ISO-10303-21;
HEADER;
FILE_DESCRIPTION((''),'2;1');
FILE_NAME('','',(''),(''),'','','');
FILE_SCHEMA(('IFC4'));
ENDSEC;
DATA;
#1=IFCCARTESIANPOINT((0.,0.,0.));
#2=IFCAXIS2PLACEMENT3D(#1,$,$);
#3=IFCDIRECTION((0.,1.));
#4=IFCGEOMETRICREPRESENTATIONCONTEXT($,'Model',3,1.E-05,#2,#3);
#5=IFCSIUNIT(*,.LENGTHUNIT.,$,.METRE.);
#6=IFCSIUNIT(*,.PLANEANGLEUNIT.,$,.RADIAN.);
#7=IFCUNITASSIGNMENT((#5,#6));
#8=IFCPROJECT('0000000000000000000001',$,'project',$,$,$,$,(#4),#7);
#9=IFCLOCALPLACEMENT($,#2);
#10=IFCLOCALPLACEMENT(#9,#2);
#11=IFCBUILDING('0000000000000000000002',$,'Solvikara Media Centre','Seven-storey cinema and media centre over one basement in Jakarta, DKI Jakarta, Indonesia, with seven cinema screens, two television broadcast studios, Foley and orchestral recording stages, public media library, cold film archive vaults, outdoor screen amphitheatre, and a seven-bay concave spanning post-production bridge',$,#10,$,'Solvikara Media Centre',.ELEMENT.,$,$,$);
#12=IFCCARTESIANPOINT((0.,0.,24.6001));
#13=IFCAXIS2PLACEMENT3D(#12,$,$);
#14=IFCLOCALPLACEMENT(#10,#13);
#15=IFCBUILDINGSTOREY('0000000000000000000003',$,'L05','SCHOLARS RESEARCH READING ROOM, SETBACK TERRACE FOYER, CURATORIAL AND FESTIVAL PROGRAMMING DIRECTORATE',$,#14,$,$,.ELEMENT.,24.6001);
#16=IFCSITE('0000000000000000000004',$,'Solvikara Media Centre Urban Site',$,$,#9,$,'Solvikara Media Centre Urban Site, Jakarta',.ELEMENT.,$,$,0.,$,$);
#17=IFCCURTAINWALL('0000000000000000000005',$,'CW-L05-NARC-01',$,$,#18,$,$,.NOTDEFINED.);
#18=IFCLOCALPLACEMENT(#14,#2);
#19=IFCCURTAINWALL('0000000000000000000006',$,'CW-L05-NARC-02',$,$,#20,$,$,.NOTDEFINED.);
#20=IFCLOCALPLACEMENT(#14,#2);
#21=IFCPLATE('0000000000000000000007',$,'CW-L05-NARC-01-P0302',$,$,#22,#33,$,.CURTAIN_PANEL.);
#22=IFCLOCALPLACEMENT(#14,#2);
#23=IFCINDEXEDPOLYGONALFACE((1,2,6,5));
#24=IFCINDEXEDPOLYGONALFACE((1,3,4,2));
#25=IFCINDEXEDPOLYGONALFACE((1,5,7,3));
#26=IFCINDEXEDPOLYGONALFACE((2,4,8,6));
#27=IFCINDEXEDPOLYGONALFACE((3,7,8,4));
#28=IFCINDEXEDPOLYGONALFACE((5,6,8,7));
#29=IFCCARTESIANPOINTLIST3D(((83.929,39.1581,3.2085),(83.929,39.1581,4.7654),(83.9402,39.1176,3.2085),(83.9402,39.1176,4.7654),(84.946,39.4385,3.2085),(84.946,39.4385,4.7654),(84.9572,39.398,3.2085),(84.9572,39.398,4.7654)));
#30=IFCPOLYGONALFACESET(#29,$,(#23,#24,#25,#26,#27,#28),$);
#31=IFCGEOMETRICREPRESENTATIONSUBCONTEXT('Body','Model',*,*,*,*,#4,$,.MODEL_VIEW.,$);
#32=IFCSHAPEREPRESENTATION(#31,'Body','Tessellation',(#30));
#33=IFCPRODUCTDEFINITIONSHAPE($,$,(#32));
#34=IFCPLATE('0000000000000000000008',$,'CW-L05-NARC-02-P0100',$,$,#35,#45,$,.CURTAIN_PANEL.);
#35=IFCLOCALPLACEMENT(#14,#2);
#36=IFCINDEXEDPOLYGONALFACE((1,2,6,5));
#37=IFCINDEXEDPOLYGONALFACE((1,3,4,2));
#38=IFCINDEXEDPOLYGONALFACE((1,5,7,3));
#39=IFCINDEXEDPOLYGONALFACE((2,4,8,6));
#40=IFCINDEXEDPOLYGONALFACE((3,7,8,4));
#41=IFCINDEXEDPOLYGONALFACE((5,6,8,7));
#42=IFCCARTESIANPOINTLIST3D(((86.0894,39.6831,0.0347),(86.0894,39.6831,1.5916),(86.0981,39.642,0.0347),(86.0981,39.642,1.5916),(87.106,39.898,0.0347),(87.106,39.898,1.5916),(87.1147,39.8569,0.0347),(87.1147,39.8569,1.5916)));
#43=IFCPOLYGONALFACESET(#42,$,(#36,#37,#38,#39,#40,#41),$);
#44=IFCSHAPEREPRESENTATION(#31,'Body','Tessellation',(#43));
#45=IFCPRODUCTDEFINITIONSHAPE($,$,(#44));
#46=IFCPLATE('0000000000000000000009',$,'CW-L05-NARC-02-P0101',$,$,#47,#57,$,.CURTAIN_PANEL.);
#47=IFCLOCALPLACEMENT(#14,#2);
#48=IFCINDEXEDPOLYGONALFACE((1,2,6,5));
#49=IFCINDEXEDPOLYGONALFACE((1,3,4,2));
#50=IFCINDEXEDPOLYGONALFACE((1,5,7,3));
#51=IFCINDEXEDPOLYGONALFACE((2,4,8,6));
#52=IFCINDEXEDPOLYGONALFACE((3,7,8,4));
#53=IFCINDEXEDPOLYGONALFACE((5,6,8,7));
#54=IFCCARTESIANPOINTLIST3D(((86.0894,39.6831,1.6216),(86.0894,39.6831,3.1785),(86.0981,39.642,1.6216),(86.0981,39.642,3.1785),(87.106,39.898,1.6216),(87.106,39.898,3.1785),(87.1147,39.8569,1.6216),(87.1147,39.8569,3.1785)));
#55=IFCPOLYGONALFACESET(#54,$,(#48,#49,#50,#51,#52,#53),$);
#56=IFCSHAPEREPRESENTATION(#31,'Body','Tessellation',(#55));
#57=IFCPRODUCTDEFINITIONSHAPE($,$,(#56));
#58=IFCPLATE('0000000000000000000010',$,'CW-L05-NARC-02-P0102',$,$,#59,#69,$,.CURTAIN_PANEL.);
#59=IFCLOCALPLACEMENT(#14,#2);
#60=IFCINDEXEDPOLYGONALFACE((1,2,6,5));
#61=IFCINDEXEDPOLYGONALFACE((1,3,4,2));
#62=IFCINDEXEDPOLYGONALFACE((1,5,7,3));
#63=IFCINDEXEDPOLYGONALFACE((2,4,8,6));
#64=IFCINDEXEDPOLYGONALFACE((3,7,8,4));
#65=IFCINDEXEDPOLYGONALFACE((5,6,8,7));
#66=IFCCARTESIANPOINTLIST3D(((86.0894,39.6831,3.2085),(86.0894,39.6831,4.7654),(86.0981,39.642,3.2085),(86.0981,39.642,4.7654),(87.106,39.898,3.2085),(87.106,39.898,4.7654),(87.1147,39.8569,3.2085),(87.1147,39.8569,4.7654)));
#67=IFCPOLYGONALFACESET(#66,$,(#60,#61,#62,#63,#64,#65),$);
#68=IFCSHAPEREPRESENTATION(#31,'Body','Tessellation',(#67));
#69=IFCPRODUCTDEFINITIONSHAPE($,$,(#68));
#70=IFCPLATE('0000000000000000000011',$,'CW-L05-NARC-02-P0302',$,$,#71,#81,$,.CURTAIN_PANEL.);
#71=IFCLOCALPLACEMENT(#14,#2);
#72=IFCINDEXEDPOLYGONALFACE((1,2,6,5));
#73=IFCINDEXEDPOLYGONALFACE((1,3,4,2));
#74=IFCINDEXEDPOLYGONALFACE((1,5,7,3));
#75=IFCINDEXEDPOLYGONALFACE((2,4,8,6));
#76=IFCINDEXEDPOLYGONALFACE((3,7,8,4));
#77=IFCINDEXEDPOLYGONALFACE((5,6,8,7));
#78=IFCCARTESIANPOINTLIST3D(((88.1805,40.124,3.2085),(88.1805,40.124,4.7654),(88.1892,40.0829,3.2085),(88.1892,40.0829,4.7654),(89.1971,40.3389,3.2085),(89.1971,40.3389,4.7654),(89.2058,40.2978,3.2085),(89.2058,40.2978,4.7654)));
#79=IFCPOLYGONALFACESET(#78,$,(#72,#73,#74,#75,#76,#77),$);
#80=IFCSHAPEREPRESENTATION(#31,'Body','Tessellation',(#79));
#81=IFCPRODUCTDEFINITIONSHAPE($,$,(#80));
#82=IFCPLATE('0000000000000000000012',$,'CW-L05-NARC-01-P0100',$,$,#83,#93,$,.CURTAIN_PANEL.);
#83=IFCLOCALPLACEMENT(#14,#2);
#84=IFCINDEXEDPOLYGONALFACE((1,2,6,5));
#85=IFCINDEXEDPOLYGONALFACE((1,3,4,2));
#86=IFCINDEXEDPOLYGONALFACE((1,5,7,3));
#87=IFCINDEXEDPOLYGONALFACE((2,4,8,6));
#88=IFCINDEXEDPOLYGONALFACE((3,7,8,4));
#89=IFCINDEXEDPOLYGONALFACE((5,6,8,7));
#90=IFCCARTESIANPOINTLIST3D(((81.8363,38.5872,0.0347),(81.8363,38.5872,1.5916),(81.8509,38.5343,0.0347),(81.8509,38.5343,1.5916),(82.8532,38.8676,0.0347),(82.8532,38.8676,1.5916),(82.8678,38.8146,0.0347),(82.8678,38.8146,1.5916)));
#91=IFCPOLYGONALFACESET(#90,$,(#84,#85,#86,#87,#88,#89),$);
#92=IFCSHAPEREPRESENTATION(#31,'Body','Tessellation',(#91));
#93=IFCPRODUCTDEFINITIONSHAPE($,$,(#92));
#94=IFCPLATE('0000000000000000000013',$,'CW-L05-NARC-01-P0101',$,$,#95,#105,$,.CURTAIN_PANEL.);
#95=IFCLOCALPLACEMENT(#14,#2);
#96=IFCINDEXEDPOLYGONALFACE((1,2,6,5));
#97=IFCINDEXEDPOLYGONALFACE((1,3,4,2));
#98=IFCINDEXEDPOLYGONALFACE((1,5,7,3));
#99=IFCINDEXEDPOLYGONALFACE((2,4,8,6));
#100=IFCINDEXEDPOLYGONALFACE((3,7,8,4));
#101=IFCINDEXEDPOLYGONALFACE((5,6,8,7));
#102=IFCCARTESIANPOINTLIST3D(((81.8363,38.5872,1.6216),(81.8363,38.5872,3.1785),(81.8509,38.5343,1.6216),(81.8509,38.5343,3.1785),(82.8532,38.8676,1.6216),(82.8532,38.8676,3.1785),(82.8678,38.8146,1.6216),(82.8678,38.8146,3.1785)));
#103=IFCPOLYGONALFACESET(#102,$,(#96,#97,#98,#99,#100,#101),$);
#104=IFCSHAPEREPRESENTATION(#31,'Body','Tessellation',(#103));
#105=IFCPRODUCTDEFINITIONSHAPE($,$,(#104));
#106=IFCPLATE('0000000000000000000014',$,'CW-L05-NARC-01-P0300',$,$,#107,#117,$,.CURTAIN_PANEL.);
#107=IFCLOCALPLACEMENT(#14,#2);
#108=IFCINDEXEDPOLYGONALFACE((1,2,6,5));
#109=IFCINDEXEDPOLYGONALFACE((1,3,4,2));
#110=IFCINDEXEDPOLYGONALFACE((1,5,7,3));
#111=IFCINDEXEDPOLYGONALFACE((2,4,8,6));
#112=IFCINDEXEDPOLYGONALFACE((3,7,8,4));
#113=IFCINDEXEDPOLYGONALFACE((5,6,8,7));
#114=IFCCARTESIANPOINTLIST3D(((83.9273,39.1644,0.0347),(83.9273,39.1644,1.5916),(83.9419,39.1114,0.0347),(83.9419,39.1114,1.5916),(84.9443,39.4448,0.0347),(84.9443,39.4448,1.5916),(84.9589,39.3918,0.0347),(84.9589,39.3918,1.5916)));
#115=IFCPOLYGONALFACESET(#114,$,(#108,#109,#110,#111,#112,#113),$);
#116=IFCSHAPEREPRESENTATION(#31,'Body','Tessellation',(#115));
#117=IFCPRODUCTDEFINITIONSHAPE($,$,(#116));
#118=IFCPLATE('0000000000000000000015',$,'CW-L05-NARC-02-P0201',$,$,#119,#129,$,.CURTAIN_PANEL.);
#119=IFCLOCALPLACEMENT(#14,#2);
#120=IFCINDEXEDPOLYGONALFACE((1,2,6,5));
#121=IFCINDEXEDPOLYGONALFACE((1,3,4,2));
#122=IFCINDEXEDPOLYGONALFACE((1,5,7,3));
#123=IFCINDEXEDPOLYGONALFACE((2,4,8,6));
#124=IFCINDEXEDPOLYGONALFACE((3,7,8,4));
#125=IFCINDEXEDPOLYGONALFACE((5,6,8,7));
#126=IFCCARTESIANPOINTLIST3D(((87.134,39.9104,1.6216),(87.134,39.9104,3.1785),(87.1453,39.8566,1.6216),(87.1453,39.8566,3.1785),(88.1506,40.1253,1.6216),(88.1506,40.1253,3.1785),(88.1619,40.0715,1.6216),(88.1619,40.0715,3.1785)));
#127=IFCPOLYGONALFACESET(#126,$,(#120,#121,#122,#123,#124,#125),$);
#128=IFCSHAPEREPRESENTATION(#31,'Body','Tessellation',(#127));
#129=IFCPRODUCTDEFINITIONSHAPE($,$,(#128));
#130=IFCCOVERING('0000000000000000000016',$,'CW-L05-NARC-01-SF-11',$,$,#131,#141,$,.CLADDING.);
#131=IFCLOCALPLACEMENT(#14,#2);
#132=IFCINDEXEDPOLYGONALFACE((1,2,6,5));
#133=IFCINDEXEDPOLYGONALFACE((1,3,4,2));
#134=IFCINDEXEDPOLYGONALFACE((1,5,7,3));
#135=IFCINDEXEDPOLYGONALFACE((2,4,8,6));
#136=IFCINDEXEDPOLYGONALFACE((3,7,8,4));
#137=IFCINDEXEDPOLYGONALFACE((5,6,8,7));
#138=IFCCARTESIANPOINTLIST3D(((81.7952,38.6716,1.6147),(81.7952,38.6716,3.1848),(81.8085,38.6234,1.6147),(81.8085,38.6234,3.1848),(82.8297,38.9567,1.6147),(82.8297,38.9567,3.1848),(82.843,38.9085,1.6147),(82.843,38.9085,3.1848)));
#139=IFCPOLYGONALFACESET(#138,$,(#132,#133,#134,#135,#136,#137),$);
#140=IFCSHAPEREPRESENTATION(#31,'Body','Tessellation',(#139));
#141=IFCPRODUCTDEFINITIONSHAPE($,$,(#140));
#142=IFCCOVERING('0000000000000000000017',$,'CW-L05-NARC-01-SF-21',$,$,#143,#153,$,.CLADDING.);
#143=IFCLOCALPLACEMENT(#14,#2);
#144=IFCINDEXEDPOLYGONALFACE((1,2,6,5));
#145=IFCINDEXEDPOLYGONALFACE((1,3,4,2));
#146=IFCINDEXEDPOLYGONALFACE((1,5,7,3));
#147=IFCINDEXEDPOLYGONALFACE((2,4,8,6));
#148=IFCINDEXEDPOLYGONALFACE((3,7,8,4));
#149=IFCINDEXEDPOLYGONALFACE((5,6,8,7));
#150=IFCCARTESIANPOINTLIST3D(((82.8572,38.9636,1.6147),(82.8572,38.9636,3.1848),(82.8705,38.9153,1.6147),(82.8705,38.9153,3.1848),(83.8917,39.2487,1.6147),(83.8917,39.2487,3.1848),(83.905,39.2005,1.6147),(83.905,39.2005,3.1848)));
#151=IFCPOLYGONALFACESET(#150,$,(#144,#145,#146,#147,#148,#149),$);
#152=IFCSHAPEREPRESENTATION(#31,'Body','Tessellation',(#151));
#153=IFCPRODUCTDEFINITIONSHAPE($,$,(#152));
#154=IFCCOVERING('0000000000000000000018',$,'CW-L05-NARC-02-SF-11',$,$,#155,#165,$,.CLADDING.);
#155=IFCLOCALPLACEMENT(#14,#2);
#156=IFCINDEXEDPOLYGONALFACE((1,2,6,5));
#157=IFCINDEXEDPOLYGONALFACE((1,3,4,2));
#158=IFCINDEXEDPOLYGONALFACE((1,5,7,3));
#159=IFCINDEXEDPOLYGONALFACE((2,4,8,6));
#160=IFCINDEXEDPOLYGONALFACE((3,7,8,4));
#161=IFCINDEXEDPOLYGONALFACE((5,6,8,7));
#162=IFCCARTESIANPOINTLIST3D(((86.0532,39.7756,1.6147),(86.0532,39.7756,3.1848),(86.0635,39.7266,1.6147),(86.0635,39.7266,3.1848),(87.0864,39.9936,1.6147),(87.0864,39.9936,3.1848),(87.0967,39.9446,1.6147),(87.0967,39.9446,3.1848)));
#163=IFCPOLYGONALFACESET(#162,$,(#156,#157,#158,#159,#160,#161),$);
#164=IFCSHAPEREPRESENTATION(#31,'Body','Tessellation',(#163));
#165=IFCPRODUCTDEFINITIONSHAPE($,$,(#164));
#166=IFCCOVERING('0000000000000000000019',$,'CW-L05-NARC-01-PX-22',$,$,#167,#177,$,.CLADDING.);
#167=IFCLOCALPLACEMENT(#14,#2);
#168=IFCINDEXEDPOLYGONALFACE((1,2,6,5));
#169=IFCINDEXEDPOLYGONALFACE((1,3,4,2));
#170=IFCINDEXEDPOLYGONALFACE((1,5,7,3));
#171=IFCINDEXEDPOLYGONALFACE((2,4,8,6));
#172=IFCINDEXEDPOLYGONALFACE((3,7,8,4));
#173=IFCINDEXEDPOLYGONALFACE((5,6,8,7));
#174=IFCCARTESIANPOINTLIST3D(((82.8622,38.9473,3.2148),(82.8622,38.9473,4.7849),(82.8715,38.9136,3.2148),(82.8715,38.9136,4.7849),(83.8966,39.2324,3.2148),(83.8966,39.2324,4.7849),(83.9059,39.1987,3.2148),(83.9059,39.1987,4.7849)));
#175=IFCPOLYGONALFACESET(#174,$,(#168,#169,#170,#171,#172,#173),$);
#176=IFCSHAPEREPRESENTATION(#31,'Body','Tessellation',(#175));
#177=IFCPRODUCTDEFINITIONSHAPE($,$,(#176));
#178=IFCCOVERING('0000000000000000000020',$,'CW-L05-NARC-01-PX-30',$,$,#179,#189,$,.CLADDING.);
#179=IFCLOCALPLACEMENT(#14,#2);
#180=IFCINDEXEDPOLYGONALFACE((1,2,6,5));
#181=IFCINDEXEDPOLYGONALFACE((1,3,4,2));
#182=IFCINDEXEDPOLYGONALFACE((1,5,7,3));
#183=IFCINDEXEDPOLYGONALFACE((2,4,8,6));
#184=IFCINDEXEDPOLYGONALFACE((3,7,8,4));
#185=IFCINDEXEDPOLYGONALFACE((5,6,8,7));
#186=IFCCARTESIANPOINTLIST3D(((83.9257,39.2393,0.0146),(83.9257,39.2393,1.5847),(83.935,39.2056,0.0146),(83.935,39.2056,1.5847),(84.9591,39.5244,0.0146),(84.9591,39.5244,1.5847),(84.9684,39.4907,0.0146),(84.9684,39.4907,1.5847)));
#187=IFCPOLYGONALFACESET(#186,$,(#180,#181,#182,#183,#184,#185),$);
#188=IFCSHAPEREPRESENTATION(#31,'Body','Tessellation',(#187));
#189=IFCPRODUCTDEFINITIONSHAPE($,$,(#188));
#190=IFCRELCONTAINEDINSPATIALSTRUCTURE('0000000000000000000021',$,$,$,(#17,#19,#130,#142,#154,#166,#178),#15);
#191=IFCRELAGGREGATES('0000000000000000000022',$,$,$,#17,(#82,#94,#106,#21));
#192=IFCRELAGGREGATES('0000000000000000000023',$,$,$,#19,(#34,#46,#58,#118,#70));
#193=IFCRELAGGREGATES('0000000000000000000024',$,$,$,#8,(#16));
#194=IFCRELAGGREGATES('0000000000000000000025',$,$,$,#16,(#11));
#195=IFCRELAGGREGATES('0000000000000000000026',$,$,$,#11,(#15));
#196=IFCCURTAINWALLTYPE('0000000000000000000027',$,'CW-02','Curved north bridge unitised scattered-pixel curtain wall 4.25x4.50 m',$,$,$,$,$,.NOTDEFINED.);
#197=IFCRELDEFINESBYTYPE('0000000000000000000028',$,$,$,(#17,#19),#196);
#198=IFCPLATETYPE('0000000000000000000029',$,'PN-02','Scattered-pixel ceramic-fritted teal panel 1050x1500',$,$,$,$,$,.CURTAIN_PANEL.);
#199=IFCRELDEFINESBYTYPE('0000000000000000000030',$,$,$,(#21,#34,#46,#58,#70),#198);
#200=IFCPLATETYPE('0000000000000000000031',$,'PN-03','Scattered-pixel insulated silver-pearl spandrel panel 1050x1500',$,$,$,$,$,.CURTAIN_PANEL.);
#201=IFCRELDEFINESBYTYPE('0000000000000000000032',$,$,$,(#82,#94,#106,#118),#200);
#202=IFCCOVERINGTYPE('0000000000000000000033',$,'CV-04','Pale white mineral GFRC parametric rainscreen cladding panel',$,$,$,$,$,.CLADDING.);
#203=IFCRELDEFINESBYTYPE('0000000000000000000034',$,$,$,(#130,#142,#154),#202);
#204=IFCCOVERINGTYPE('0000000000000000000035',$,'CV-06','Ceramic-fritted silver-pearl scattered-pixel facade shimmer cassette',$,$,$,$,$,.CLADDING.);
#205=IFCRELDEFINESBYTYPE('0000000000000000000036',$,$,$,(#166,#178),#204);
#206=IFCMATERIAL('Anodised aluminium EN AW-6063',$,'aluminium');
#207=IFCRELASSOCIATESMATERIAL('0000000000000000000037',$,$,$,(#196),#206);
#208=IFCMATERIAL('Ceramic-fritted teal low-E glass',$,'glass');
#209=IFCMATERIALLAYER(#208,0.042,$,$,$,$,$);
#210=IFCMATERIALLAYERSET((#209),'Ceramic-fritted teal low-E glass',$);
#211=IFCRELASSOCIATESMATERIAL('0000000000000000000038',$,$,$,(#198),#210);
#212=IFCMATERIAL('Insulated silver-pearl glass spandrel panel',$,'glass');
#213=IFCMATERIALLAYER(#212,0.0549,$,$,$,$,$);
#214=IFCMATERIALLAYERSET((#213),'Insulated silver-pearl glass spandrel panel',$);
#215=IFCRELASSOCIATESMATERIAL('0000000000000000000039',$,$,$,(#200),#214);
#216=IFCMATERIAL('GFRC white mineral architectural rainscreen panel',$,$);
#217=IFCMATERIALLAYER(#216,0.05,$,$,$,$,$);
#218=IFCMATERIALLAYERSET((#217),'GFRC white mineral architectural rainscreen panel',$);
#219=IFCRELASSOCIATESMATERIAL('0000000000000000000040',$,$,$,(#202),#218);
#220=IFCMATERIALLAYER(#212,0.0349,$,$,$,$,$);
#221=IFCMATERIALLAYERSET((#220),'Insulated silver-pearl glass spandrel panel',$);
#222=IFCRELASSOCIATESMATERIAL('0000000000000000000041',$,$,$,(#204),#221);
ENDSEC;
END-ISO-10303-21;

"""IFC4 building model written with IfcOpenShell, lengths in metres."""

from ifc_helpers import new_model, si_unit, direction, frame, origin, origin_2d, place, context, subcontext, project, spatial, rectangle, extrude, material, layer, layer_set, type_object, element, aggregate, save


model = new_model("IFC4")

# Units and contexts
model_context = context("Model", 3, precision=1e-05, world=origin(), true_north=direction((0.0, 1.0)))
body_context = subcontext(model_context, "Body", "Model", "MODEL_VIEW")
ifc_project = project(units=[si_unit("LENGTHUNIT", "METRE"), si_unit("PLANEANGLEUNIT", "RADIAN")], contexts=[model_context])

# Site, building, storey
site_placement = place(None, origin())
site = spatial("IfcSite", under=ifc_project, at=site_placement, Name="Solvikara Media Centre Urban Site", LongName="Solvikara Media Centre Urban Site, Jakarta", CompositionType="ELEMENT", RefElevation=0.0)
building_placement = place(site_placement, origin())
building = spatial("IfcBuilding", under=site, at=building_placement, Name="Solvikara Media Centre", Description="Seven-storey cinema and media centre over one basement in Jakarta, DKI Jakarta, Indonesia, with seven cinema screens, two television broadcast studios, Foley and orchestral recording stages, public media library, cold film archive vaults, outdoor screen amphitheatre, and a seven-bay concave spanning post-production bridge", LongName="Solvikara Media Centre", CompositionType="ELEMENT")
storey_placement = place(building_placement, frame((0.0, 0.0, 24.6001)))
storey = spatial("IfcBuildingStorey", under=building, at=storey_placement, Name="L05", Description="SCHOLARS RESEARCH READING ROOM, SETBACK TERRACE FOYER, CURATORIAL AND FESTIVAL PROGRAMMING DIRECTORATE", CompositionType="ELEMENT", Elevation=24.6001)

# Curtain walls
ifc_material_1 = material(Name="Anodised aluminium EN AW-6063", Category="aluminium")
curtain_wall_type = type_object("IfcCurtainWallType", Name="CW-02", Description="Curved north bridge unitised scattered-pixel curtain wall 4.25x4.50 m", PredefinedType="NOTDEFINED", material=ifc_material_1)
curtain_wall_1_placement = place(storey_placement, origin())
curtain_wall_1 = element("IfcCurtainWall", 1, at=curtain_wall_1_placement, inside=storey, type_object=curtain_wall_type, Name="CW-L05-NARC-01", PredefinedType="NOTDEFINED")
curtain_wall_2_placement = place(storey_placement, origin())
curtain_wall_2 = element("IfcCurtainWall", 2, at=curtain_wall_2_placement, inside=storey, type_object=curtain_wall_type, Name="CW-L05-NARC-02", PredefinedType="NOTDEFINED")

# Plates
ifc_material_2 = material(Name="Ceramic-fritted teal low-E glass", Category="glass")
ifc_layer_1 = layer(ifc_material_2, 0.042)
ifc_layer_set_1 = layer_set([ifc_layer_1], Name="Ceramic-fritted teal low-E glass")
plate_type_1 = type_object("IfcPlateType", Name="PN-02", Description="Scattered-pixel ceramic-fritted teal panel 1050x1500", PredefinedType="CURTAIN_PANEL", material=ifc_layer_set_1)
plate_1_placement = place(storey_placement, frame((84.4431, 39.2781, 3.2085), z_axis=(0.0, 0.0, 1.0), x_axis=(0.96403, 0.265792, 0.0)))
plate_1 = element("IfcPlate", 3, at=plate_1_placement, type_object=plate_type_1, Name="CW-L05-NARC-01-P0302", PredefinedType="CURTAIN_PANEL", context=body_context, shape_type="SweptSolid", body=[
    extrude(rectangle(XDim=1.0549, YDim=0.042, at=origin_2d()), origin(), (0.0, 0.0, 1.0), 1.5569),
])
plate_2_placement = place(storey_placement, frame((86.6021, 39.77, 0.0347), z_axis=(0.0, 0.0, 1.0), x_axis=(0.978379, 0.206819, 0.0)))
plate_2 = element("IfcPlate", 4, at=plate_2_placement, type_object=plate_type_1, Name="CW-L05-NARC-02-P0100", PredefinedType="CURTAIN_PANEL", context=body_context, shape_type="SweptSolid", body=[
    extrude(rectangle(XDim=1.0391, YDim=0.042, at=origin_2d()), origin(), (0.0, 0.0, 1.0), 1.5569),
])
plate_3_placement = place(storey_placement, frame((86.6021, 39.77, 1.6216), z_axis=(0.0, 0.0, 1.0), x_axis=(0.978379, 0.206819, 0.0)))
plate_3 = element("IfcPlate", 5, at=plate_3_placement, type_object=plate_type_1, Name="CW-L05-NARC-02-P0101", PredefinedType="CURTAIN_PANEL", context=body_context, shape_type="SweptSolid", body=[
    extrude(rectangle(XDim=1.0391, YDim=0.042, at=origin_2d()), origin(), (0.0, 0.0, 1.0), 1.5569),
])
plate_4_placement = place(storey_placement, frame((86.6021, 39.77, 3.2085), z_axis=(0.0, 0.0, 1.0), x_axis=(0.978379, 0.206819, 0.0)))
plate_4 = element("IfcPlate", 6, at=plate_4_placement, type_object=plate_type_1, Name="CW-L05-NARC-02-P0102", PredefinedType="CURTAIN_PANEL", context=body_context, shape_type="SweptSolid", body=[
    extrude(rectangle(XDim=1.0391, YDim=0.042, at=origin_2d()), origin(), (0.0, 0.0, 1.0), 1.5569),
])
plate_5_placement = place(storey_placement, frame((88.6931, 40.2109, 3.2085), z_axis=(0.0, 0.0, 1.0), x_axis=(0.978379, 0.206819, 0.0)))
plate_5 = element("IfcPlate", 7, at=plate_5_placement, type_object=plate_type_1, Name="CW-L05-NARC-02-P0302", PredefinedType="CURTAIN_PANEL", context=body_context, shape_type="SweptSolid", body=[
    extrude(rectangle(XDim=1.0391, YDim=0.042, at=origin_2d()), origin(), (0.0, 0.0, 1.0), 1.5569),
])
ifc_material_3 = material(Name="Insulated silver-pearl glass spandrel panel", Category="glass")
ifc_layer_2 = layer(ifc_material_3, 0.0549)
ifc_layer_set_2 = layer_set([ifc_layer_2], Name="Insulated silver-pearl glass spandrel panel")
plate_type_2 = type_object("IfcPlateType", Name="PN-03", Description="Scattered-pixel insulated silver-pearl spandrel panel 1050x1500", PredefinedType="CURTAIN_PANEL", material=ifc_layer_set_2)
plate_6_placement = place(storey_placement, frame((82.3521, 38.7009, 0.0347), z_axis=(0.0, 0.0, 1.0), x_axis=(0.96403, 0.265792, 0.0)))
plate_6 = element("IfcPlate", 8, at=plate_6_placement, type_object=plate_type_2, Name="CW-L05-NARC-01-P0100", PredefinedType="CURTAIN_PANEL", context=body_context, shape_type="SweptSolid", body=[
    extrude(rectangle(XDim=1.0549, YDim=0.0549, at=origin_2d()), origin(), (0.0, 0.0, 1.0), 1.5569),
])
plate_7_placement = place(storey_placement, frame((82.3521, 38.7009, 1.6216), z_axis=(0.0, 0.0, 1.0), x_axis=(0.96403, 0.265792, 0.0)))
plate_7 = element("IfcPlate", 9, at=plate_7_placement, type_object=plate_type_2, Name="CW-L05-NARC-01-P0101", PredefinedType="CURTAIN_PANEL", context=body_context, shape_type="SweptSolid", body=[
    extrude(rectangle(XDim=1.0549, YDim=0.0549, at=origin_2d()), origin(), (0.0, 0.0, 1.0), 1.5569),
])
plate_8_placement = place(storey_placement, frame((84.4431, 39.2781, 0.0347), z_axis=(0.0, 0.0, 1.0), x_axis=(0.96403, 0.265792, 0.0)))
plate_8 = element("IfcPlate", 10, at=plate_8_placement, type_object=plate_type_2, Name="CW-L05-NARC-01-P0300", PredefinedType="CURTAIN_PANEL", context=body_context, shape_type="SweptSolid", body=[
    extrude(rectangle(XDim=1.0549, YDim=0.0549, at=origin_2d()), origin(), (0.0, 0.0, 1.0), 1.5569),
])
aggregate(curtain_wall_1, [plate_6, plate_7, plate_8, plate_1])
plate_9_placement = place(storey_placement, frame((87.6479, 39.991, 1.6216), z_axis=(0.0, 0.0, 1.0), x_axis=(0.978379, 0.206819, 0.0)))
plate_9 = element("IfcPlate", 11, at=plate_9_placement, type_object=plate_type_2, Name="CW-L05-NARC-02-P0201", PredefinedType="CURTAIN_PANEL", context=body_context, shape_type="SweptSolid", body=[
    extrude(rectangle(XDim=1.0391, YDim=0.0549, at=origin_2d()), origin(), (0.0, 0.0, 1.0), 1.5569),
])
aggregate(curtain_wall_2, [plate_2, plate_3, plate_4, plate_9, plate_5])

# Coverings
ifc_material_4 = material(Name="GFRC white mineral architectural rainscreen panel")
ifc_layer_3 = layer(ifc_material_4, 0.05)
ifc_layer_set_3 = layer_set([ifc_layer_3], Name="GFRC white mineral architectural rainscreen panel")
covering_type_1 = type_object("IfcCoveringType", Name="CV-04", Description="Pale white mineral GFRC parametric rainscreen cladding panel", PredefinedType="CLADDING", material=ifc_layer_set_3)
for number, where, z_axis, x_axis, name in (
    (12, (82.3191, 38.79, 1.6147), (0.0, 0.0, 1.0), (0.964049, 0.265724, 0.0), "CW-L05-NARC-01-SF-11"),
    (13, (83.3811, 39.082, 1.6147), (0.0, 0.0, 1.0), (0.964049, 0.265724, 0.0), "CW-L05-NARC-01-SF-21"),
):
    element("IfcCovering", number, at=place(storey_placement, frame(where, z_axis=z_axis, x_axis=x_axis)), inside=storey, type_object=covering_type_1, Name=name, PredefinedType="CLADDING", context=body_context, shape_type="SweptSolid", body=[
        extrude(rectangle(XDim=1.073, YDim=0.05, at=origin_2d()), origin(), (0.0, 0.0, 1.0), 1.5701),
    ])
covering_1_placement = place(storey_placement, frame((86.575, 39.8601, 1.6147), z_axis=(0.0, 0.0, 1.0), x_axis=(0.978448, 0.206495, 0.0)))
element("IfcCovering", 14, at=covering_1_placement, inside=storey, type_object=covering_type_1, Name="CW-L05-NARC-02-SF-11", PredefinedType="CLADDING", context=body_context, shape_type="SweptSolid", body=[
    extrude(rectangle(XDim=1.0559, YDim=0.05, at=origin_2d()), origin(), (0.0, 0.0, 1.0), 1.5701),
])
ifc_layer_4 = layer(ifc_material_3, 0.0349)
ifc_layer_set_4 = layer_set([ifc_layer_4], Name="Insulated silver-pearl glass spandrel panel")
covering_type_2 = type_object("IfcCoveringType", Name="CV-06", Description="Ceramic-fritted silver-pearl scattered-pixel facade shimmer cassette", PredefinedType="CLADDING", material=ifc_layer_set_4)
covering_2_placement = place(storey_placement, frame((83.384, 39.073, 3.2148), z_axis=(0.0, 0.0, 1.0), x_axis=(0.964049, 0.265724, 0.0)))
element("IfcCovering", 15, at=covering_2_placement, inside=storey, type_object=covering_type_2, Name="CW-L05-NARC-01-PX-22", PredefinedType="CLADDING", context=body_context, shape_type="SweptSolid", body=[
    extrude(rectangle(XDim=1.073, YDim=0.0349, at=origin_2d()), origin(), (0.0, 0.0, 1.0), 1.5701),
])
covering_3_placement = place(storey_placement, frame((84.447, 39.365, 0.0146), z_axis=(0.0, 0.0, 1.0), x_axis=(0.963984, 0.26596, 0.0)))
element("IfcCovering", 16, at=covering_3_placement, inside=storey, type_object=covering_type_2, Name="CW-L05-NARC-01-PX-30", PredefinedType="CLADDING", context=body_context, shape_type="SweptSolid", body=[
    extrude(rectangle(XDim=1.072, YDim=0.0349, at=origin_2d()), origin(), (0.0, 0.0, 1.0), 1.5701),
])

save(model, "model.ifc")
